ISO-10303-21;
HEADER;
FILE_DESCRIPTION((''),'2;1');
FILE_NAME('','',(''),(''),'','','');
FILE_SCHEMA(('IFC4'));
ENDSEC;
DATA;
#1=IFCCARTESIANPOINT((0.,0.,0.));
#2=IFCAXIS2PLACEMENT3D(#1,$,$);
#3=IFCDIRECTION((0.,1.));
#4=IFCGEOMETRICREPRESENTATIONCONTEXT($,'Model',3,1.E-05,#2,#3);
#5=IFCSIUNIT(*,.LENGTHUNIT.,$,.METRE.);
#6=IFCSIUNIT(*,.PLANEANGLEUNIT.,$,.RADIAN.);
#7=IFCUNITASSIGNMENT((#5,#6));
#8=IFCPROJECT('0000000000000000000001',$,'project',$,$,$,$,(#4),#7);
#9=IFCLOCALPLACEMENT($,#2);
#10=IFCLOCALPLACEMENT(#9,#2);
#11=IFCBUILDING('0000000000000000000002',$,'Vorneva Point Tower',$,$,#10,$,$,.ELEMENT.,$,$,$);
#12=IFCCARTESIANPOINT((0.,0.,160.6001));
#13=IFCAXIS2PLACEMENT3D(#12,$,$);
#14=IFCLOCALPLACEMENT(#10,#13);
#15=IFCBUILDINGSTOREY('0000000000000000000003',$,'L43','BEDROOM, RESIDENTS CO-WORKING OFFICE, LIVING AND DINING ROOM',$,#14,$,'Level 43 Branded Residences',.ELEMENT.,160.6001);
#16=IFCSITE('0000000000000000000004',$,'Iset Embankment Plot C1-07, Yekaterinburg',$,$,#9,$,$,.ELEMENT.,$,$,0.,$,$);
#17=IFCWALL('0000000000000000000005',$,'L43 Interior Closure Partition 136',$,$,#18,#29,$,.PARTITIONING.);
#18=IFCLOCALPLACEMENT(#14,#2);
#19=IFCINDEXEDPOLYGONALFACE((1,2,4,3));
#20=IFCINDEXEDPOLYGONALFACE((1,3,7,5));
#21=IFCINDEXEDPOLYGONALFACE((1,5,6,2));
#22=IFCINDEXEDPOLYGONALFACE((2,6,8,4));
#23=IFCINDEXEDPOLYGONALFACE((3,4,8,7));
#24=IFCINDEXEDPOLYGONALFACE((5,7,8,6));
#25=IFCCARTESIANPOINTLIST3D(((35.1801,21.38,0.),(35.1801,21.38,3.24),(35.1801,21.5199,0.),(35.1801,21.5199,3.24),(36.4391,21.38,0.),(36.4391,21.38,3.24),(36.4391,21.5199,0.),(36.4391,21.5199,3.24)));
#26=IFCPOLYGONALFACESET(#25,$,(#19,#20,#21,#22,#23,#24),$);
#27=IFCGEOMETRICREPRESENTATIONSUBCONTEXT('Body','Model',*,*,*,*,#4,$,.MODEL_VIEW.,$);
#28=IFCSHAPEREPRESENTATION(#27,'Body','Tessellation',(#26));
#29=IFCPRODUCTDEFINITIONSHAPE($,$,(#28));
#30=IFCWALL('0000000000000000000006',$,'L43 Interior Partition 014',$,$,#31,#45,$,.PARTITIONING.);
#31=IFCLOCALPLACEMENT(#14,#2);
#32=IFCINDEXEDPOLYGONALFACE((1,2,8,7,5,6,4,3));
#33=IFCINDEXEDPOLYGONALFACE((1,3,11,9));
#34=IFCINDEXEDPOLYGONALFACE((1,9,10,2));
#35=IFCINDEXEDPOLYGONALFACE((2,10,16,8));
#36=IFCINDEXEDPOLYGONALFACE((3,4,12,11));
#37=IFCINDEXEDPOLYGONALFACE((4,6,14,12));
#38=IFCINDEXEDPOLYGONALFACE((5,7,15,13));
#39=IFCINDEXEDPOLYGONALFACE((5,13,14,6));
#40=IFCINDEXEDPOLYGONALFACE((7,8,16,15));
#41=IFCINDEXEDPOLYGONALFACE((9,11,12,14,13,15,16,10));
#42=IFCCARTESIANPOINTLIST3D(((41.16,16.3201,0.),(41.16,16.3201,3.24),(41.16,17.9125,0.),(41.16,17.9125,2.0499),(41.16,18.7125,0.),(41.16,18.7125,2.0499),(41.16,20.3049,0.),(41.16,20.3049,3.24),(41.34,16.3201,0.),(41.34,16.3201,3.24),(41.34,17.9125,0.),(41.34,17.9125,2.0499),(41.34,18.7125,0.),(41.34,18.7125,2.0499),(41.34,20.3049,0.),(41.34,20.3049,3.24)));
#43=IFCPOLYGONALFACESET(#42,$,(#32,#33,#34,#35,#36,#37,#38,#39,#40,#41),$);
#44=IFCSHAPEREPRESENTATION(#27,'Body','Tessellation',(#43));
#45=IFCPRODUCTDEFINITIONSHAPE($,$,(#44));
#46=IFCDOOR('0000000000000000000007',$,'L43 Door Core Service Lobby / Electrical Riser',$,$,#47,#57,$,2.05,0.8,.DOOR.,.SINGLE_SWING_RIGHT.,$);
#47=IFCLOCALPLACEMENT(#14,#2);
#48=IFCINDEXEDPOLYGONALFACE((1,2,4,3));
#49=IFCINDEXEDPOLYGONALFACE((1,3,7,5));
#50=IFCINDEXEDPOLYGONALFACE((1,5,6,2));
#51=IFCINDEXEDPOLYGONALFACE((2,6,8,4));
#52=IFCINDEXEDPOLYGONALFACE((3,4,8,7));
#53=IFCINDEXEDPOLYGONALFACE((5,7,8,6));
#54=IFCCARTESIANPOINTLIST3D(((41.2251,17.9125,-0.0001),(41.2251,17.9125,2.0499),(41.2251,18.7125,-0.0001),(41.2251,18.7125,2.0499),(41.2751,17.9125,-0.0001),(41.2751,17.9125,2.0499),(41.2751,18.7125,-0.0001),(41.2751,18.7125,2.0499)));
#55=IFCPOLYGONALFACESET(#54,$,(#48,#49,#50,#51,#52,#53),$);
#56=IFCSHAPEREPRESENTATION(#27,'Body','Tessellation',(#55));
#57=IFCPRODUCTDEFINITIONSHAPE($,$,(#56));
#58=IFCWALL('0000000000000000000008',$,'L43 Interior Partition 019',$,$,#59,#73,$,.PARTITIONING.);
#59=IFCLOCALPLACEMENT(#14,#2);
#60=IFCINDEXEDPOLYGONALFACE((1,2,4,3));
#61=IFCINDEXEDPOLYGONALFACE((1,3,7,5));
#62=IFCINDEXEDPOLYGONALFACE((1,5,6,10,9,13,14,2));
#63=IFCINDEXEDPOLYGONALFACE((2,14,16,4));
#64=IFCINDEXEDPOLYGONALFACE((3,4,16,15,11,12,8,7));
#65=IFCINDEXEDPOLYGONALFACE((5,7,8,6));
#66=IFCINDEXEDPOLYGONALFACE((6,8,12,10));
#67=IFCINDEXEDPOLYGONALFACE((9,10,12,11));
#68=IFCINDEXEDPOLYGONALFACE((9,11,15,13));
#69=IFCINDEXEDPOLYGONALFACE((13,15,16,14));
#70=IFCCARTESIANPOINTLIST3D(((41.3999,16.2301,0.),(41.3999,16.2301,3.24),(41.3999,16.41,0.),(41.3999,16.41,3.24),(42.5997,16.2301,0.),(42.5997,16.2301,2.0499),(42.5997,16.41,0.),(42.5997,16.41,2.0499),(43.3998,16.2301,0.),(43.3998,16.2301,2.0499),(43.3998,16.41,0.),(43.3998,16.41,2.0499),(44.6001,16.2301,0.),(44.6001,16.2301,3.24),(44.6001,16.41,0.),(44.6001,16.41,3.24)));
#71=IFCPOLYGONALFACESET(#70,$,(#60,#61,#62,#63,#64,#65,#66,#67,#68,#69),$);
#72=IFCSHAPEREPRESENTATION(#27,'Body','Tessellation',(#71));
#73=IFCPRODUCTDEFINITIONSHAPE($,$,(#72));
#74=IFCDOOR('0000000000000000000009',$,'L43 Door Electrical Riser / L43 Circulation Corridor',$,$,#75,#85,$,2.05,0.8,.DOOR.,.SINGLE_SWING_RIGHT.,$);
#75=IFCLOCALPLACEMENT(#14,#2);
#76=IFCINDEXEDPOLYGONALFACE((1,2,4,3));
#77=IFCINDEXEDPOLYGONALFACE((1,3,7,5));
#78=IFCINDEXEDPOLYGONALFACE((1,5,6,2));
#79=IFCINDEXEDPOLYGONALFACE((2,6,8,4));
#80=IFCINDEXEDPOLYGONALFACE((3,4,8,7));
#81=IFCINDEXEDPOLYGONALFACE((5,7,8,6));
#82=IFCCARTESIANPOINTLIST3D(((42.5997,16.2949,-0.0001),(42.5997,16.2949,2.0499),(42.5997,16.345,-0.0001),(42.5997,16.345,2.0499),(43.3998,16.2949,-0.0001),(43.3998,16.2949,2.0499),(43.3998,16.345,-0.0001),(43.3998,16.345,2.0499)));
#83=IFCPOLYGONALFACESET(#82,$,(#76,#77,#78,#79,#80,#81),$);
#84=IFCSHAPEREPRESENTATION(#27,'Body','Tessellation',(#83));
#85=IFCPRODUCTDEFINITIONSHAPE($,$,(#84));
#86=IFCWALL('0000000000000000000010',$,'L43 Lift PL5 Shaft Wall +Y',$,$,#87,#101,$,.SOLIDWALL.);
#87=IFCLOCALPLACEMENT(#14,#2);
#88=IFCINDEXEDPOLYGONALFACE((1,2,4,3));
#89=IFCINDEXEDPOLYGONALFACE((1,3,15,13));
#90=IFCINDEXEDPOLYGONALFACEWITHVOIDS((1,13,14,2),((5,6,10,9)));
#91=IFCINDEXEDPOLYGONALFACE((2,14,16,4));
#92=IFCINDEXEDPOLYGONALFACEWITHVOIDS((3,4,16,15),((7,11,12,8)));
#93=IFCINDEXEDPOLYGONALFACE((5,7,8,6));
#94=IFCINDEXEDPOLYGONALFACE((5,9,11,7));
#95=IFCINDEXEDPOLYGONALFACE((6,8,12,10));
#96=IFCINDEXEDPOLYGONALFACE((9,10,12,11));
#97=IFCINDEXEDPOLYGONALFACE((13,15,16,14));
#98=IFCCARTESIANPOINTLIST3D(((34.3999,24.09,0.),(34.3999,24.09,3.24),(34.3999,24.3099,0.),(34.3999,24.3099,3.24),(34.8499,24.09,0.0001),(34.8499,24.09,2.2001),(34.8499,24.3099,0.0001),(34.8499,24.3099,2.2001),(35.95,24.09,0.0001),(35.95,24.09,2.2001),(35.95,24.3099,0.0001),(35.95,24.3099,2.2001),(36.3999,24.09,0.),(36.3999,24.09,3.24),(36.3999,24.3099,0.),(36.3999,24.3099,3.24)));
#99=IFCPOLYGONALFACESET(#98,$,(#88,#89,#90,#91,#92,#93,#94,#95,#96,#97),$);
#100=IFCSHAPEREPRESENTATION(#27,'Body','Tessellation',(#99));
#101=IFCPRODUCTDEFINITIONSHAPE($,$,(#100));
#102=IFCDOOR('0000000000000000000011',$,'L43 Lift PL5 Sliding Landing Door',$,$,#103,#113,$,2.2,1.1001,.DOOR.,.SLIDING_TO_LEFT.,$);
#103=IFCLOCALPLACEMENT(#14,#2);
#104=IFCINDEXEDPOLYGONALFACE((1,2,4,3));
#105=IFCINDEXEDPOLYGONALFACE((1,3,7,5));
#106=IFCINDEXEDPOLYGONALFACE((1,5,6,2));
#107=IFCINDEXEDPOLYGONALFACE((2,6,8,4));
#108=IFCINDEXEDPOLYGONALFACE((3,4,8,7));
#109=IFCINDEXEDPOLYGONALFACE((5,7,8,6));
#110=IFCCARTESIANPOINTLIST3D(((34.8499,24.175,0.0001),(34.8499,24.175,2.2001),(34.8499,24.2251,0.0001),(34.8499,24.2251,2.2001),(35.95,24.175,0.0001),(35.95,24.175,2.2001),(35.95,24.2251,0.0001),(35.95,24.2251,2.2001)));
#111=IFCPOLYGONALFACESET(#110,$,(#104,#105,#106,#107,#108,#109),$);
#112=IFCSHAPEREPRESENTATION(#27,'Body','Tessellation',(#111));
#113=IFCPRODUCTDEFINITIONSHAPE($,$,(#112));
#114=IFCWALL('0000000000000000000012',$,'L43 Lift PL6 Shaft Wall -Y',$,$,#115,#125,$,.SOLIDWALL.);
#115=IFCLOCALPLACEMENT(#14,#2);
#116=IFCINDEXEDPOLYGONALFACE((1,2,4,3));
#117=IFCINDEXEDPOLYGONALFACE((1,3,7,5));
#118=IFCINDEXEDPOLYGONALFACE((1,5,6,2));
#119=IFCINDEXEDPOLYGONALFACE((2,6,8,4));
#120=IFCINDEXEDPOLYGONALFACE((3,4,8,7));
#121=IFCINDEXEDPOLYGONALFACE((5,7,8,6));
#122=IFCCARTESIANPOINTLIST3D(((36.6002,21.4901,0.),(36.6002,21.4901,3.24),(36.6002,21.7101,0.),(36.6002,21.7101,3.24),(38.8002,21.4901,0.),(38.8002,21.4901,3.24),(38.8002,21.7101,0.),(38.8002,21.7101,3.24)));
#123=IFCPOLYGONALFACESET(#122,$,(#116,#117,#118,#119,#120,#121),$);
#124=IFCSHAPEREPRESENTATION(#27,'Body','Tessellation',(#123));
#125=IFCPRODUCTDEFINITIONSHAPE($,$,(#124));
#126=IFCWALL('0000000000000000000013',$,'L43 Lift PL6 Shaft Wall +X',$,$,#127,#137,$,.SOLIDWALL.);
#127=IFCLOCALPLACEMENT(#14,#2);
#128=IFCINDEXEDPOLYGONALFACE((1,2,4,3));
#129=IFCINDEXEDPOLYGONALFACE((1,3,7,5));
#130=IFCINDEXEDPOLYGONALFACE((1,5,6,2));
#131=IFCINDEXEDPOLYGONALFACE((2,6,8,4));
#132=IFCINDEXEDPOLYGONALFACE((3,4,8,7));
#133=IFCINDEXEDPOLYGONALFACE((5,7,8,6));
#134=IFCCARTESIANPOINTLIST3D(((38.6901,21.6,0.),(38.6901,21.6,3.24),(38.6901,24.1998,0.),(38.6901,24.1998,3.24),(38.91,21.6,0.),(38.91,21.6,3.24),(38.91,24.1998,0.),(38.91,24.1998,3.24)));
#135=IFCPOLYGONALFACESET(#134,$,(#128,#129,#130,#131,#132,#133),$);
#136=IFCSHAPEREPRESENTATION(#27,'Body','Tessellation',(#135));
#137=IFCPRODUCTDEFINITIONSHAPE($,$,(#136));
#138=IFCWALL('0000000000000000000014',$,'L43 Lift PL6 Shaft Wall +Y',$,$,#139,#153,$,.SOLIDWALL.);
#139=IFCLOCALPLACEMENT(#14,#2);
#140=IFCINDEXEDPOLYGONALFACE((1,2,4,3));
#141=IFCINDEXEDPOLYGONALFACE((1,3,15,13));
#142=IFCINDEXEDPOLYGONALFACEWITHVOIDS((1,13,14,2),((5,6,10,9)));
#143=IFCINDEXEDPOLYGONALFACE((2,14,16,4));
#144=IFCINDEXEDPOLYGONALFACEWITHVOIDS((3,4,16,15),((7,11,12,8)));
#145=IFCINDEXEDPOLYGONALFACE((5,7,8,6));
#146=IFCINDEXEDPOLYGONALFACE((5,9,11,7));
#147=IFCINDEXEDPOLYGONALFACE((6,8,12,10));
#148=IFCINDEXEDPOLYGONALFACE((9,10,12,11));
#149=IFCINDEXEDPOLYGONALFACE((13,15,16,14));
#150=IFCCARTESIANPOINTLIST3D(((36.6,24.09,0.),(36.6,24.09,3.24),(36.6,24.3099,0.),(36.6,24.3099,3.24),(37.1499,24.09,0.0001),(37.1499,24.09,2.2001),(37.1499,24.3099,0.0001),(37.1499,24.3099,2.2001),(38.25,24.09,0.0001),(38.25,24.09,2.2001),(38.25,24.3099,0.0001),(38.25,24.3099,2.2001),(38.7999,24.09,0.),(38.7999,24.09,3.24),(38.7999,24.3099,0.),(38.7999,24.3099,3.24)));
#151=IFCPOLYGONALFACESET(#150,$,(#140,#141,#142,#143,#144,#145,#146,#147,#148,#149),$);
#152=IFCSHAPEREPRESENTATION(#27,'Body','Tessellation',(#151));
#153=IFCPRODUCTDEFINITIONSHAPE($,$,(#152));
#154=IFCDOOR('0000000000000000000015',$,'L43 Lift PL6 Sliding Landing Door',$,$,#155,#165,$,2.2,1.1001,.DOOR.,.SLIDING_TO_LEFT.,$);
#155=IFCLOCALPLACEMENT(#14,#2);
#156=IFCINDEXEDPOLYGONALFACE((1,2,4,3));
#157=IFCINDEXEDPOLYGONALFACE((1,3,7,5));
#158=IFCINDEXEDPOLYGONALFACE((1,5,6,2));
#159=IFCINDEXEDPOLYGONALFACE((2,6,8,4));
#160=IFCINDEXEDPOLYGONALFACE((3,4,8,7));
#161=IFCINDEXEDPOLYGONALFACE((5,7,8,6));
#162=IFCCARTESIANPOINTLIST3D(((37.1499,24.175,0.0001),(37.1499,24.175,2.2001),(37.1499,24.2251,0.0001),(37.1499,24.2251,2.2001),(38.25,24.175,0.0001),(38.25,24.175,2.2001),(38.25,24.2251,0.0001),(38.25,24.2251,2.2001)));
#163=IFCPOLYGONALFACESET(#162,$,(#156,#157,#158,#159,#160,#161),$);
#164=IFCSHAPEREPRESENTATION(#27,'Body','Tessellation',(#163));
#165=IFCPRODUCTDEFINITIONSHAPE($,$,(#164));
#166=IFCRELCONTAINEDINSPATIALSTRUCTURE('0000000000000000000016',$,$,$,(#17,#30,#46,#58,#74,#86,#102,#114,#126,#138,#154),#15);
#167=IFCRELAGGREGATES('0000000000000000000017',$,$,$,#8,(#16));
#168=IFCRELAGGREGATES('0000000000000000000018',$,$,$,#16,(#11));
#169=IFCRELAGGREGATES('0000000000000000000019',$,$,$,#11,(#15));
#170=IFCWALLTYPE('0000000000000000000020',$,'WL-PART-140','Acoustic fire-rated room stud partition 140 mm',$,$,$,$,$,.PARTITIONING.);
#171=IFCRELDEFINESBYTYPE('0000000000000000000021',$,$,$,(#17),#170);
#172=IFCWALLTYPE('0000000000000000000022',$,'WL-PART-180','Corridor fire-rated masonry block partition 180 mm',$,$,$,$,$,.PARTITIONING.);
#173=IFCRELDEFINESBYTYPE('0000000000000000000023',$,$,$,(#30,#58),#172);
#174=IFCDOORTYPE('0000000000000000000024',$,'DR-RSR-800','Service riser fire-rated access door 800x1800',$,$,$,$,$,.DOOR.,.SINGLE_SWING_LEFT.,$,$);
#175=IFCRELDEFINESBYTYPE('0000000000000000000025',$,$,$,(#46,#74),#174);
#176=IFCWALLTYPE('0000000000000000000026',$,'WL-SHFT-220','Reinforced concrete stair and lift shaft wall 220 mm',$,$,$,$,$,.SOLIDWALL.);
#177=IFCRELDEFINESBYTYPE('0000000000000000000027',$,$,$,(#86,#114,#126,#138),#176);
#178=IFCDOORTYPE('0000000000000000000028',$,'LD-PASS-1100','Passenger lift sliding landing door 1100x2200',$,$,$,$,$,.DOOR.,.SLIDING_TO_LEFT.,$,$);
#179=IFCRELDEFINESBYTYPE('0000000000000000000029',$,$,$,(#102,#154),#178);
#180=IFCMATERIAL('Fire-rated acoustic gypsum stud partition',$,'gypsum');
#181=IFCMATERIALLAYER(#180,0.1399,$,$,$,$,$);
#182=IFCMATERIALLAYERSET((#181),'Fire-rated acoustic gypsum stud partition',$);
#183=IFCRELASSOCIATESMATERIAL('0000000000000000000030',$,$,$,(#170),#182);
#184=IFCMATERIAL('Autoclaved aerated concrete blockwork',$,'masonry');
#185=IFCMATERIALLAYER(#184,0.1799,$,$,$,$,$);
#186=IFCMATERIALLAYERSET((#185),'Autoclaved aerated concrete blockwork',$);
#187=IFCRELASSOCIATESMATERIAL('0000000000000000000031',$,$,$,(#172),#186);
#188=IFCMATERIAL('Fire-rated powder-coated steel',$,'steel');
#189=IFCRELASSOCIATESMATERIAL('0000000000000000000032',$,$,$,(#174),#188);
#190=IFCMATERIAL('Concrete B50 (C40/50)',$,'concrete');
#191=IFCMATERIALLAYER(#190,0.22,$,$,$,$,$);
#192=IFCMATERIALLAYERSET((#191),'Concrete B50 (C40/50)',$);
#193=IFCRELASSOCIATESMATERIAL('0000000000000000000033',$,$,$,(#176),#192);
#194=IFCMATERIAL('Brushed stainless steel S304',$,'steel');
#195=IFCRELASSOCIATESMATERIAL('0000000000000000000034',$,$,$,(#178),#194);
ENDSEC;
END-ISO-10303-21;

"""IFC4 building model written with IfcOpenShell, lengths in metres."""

from ifc_helpers import new_model, si_unit, direction, frame, frame_2d, origin, place, context, subcontext, project, spatial, rectangle, extrude, material, layer, layer_set, type_object, element, fill, save


model = new_model("IFC4")

# Units and contexts
model_context = context("Model", 3, precision=1e-05, world=origin(), true_north=direction((0.0, 1.0)))
body_context = subcontext(model_context, "Body", "Model", "MODEL_VIEW")
ifc_project = project(units=[si_unit("LENGTHUNIT", "METRE"), si_unit("PLANEANGLEUNIT", "RADIAN")], contexts=[model_context])

# Site, building, storey
site_placement = place(None, origin())
site = spatial("IfcSite", under=ifc_project, at=site_placement, Name="Iset Embankment Plot C1-07, Yekaterinburg", CompositionType="ELEMENT", RefElevation=0.0)
building_placement = place(site_placement, origin())
building = spatial("IfcBuilding", under=site, at=building_placement, Name="Vorneva Point Tower", CompositionType="ELEMENT")
storey_placement = place(building_placement, frame((0.0, 0.0, 160.6001)))
storey = spatial("IfcBuildingStorey", under=building, at=storey_placement, Name="L43", Description="BEDROOM, RESIDENTS CO-WORKING OFFICE, LIVING AND DINING ROOM", LongName="Level 43 Branded Residences", CompositionType="ELEMENT", Elevation=160.6001)

# Wall
ifc_material_1 = material(Name="Fire-rated acoustic gypsum stud partition", Category="gypsum")
ifc_layer_1 = layer(ifc_material_1, 0.1399)
ifc_layer_set_1 = layer_set([ifc_layer_1], Name="Fire-rated acoustic gypsum stud partition")
wall_type_1 = type_object("IfcWallType", Name="WL-PART-140", Description="Acoustic fire-rated room stud partition 140 mm", PredefinedType="PARTITIONING", material=ifc_layer_set_1)
wall_1_placement = place(storey_placement, frame((36.439, 21.45, 0.0), z_axis=(0.0, 0.0, 1.0), x_axis=(-1.0, 0.0, 0.0)))
element("IfcWall", 1, at=wall_1_placement, inside=storey, type_object=wall_type_1, Name="L43 Interior Closure Partition 136", PredefinedType="PARTITIONING", context=body_context, shape_type="SweptSolid", body=[
    extrude(rectangle(XDim=1.259, YDim=0.1399, at=frame_2d((0.6294, 0.0))), origin(), (0.0, 0.0, 1.0), 3.24),
])

# Walls, openings, doors
ifc_material_2 = material(Name="Autoclaved aerated concrete blockwork", Category="masonry")
ifc_layer_2 = layer(ifc_material_2, 0.1799)
ifc_layer_set_2 = layer_set([ifc_layer_2], Name="Autoclaved aerated concrete blockwork")
wall_type_2 = type_object("IfcWallType", Name="WL-PART-180", Description="Corridor fire-rated masonry block partition 180 mm", PredefinedType="PARTITIONING", material=ifc_layer_set_2)
ifc_material_3 = material(Name="Fire-rated powder-coated steel", Category="steel")
wall_2_placement = place(storey_placement, frame((41.25, 16.3201, 0.0), z_axis=(0.0, 0.0, 1.0), x_axis=(0.0, 1.0, 0.0)))
wall_2 = element("IfcWall", 2, at=wall_2_placement, inside=storey, type_object=wall_type_2, Name="L43 Interior Partition 014", PredefinedType="PARTITIONING", context=body_context, shape_type="SweptSolid", body=[
    extrude(rectangle(XDim=3.9849, YDim=0.1799, at=frame_2d((1.9924, 0.0))), origin(), (0.0, 0.0, 1.0), 3.24),
])
opening_1_placement = place(wall_2_placement, frame((1.5925, 0.0, 0.0)))
opening_1 = element("IfcOpeningElement", 3, at=opening_1_placement, cuts=wall_2, PredefinedType="OPENING", context=body_context, shape_type="SweptSolid", body=[
    extrude(rectangle(XDim=0.8, YDim=2.05, at=frame_2d((0.3999, 1.0249))), frame((0.0, 0.105, 0.0), z_axis=(0.0, -1.0, 0.0), x_axis=(1.0, 0.0, 0.0)), (0.0, 0.0, 1.0), 0.2097),
])
door_type_1 = type_object("IfcDoorType", Name="DR-RSR-800", Description="Service riser fire-rated access door 800x1800", OperationType="SINGLE_SWING_LEFT", PredefinedType="DOOR", material=ifc_material_3)
door_1_placement = place(opening_1_placement, origin())
door_1 = element("IfcDoor", 4, at=door_1_placement, inside=storey, type_object=door_type_1, Name="L43 Door Core Service Lobby / Electrical Riser", OperationType="SINGLE_SWING_RIGHT", OverallHeight=2.05, OverallWidth=0.8, PredefinedType="DOOR", context=body_context, shape_type="SweptSolid", body=[
    extrude(rectangle(XDim=0.8, YDim=2.05, at=frame_2d((0.3999, 1.0249))), frame((0.0, 0.0249, 0.0), z_axis=(0.0, -1.0, 0.0), x_axis=(1.0, 0.0, 0.0)), (0.0, 0.0, 1.0), 0.05),
])
fill(opening_1, door_1)
wall_3_placement = place(storey_placement, frame((41.3999, 16.3201, 0.0), z_axis=(0.0, 0.0, 1.0), x_axis=(1.0, 0.0, 0.0)))
wall_3 = element("IfcWall", 5, at=wall_3_placement, inside=storey, type_object=wall_type_2, Name="L43 Interior Partition 019", PredefinedType="PARTITIONING", context=body_context, shape_type="SweptSolid", body=[
    extrude(rectangle(XDim=3.2002, YDim=0.1799, at=frame_2d((1.6001, 0.0))), origin(), (0.0, 0.0, 1.0), 3.24),
])
opening_2_placement = place(wall_3_placement, frame((1.2, 0.0, 0.0)))
opening_2 = element("IfcOpeningElement", 6, at=opening_2_placement, cuts=wall_3, PredefinedType="OPENING", context=body_context, shape_type="SweptSolid", body=[
    extrude(rectangle(XDim=0.8, YDim=2.05, at=frame_2d((0.3999, 1.0249))), frame((0.0, 0.105, 0.0), z_axis=(0.0, -1.0, 0.0), x_axis=(1.0, 0.0, 0.0)), (0.0, 0.0, 1.0), 0.2097),
])
door_2_placement = place(opening_2_placement, origin())
door_2 = element("IfcDoor", 7, at=door_2_placement, inside=storey, type_object=door_type_1, Name="L43 Door Electrical Riser / L43 Circulation Corridor", OperationType="SINGLE_SWING_RIGHT", OverallHeight=2.05, OverallWidth=0.8, PredefinedType="DOOR", context=body_context, shape_type="SweptSolid", body=[
    extrude(rectangle(XDim=0.8, YDim=2.05, at=frame_2d((0.3999, 1.0249))), frame((0.0, 0.0249, 0.0), z_axis=(0.0, -1.0, 0.0), x_axis=(1.0, 0.0, 0.0)), (0.0, 0.0, 1.0), 0.05),
])
fill(opening_2, door_2)
ifc_material_4 = material(Name="Concrete B50 (C40/50)", Category="concrete")
ifc_layer_3 = layer(ifc_material_4, 0.22)
ifc_layer_set_3 = layer_set([ifc_layer_3], Name="Concrete B50 (C40/50)")
wall_type_3 = type_object("IfcWallType", Name="WL-SHFT-220", Description="Reinforced concrete stair and lift shaft wall 220 mm", PredefinedType="SOLIDWALL", material=ifc_layer_set_3)
wall_4_placement = place(storey_placement, frame((36.3999, 24.2, 0.0), z_axis=(0.0, 0.0, 1.0), x_axis=(-1.0, 0.0, 0.0)))
wall_4 = element("IfcWall", 8, at=wall_4_placement, inside=storey, type_object=wall_type_3, Name="L43 Lift PL5 Shaft Wall +Y", PredefinedType="SOLIDWALL", context=body_context, shape_type="SweptSolid", body=[
    extrude(rectangle(XDim=2.0, YDim=0.22, at=frame_2d((1.0, 0.0))), origin(), (0.0, 0.0, 1.0), 3.24),
])
opening_3_placement = place(wall_4_placement, frame((0.45, 0.0, 0.0)))
opening_3 = element("IfcOpeningElement", 9, at=opening_3_placement, cuts=wall_4, PredefinedType="OPENING", context=body_context, shape_type="SweptSolid", body=[
    extrude(rectangle(XDim=1.1001, YDim=2.2, at=frame_2d((0.55, 1.1001))), frame((0.0, 0.125, 0.0), z_axis=(0.0, -1.0, 0.0), x_axis=(1.0, 0.0, 0.0)), (0.0, 0.0, 1.0), 0.2498),
])
ifc_material_5 = material(Name="Brushed stainless steel S304", Category="steel")
door_type_2 = type_object("IfcDoorType", Name="LD-PASS-1100", Description="Passenger lift sliding landing door 1100x2200", OperationType="SLIDING_TO_LEFT", PredefinedType="DOOR", material=ifc_material_5)
door_3_placement = place(opening_3_placement, origin())
door_3 = element("IfcDoor", 10, at=door_3_placement, inside=storey, type_object=door_type_2, Name="L43 Lift PL5 Sliding Landing Door", OperationType="SLIDING_TO_LEFT", OverallHeight=2.2, OverallWidth=1.1001, PredefinedType="DOOR", context=body_context, shape_type="SweptSolid", body=[
    extrude(rectangle(XDim=1.1001, YDim=2.2, at=frame_2d((0.55, 1.1001))), frame((0.0, 0.0249, 0.0), z_axis=(0.0, -1.0, 0.0), x_axis=(1.0, 0.0, 0.0)), (0.0, 0.0, 1.0), 0.05),
])
fill(opening_3, door_3)

# Walls
wall_5_placement = place(storey_placement, frame((36.6001, 21.6001, 0.0), z_axis=(0.0, 0.0, 1.0), x_axis=(1.0, 0.0, 0.0)))
element("IfcWall", 11, at=wall_5_placement, inside=storey, type_object=wall_type_3, Name="L43 Lift PL6 Shaft Wall -Y", PredefinedType="SOLIDWALL", context=body_context, shape_type="SweptSolid", body=[
    extrude(rectangle(XDim=2.2, YDim=0.22, at=frame_2d((1.1001, 0.0))), origin(), (0.0, 0.0, 1.0), 3.24),
])
wall_6_placement = place(storey_placement, frame((38.8, 21.6001, 0.0), z_axis=(0.0, 0.0, 1.0), x_axis=(0.0, 1.0, 0.0)))
element("IfcWall", 12, at=wall_6_placement, inside=storey, type_object=wall_type_3, Name="L43 Lift PL6 Shaft Wall +X", PredefinedType="SOLIDWALL", context=body_context, shape_type="SweptSolid", body=[
    extrude(rectangle(XDim=2.5999, YDim=0.22, at=frame_2d((1.2998, 0.0))), origin(), (0.0, 0.0, 1.0), 3.24),
])

# Wall, opening, door
wall_7_placement = place(storey_placement, frame((38.8, 24.2, 0.0), z_axis=(0.0, 0.0, 1.0), x_axis=(-1.0, 0.0, 0.0)))
wall_7 = element("IfcWall", 13, at=wall_7_placement, inside=storey, type_object=wall_type_3, Name="L43 Lift PL6 Shaft Wall +Y", PredefinedType="SOLIDWALL", context=body_context, shape_type="SweptSolid", body=[
    extrude(rectangle(XDim=2.2, YDim=0.22, at=frame_2d((1.1001, 0.0))), origin(), (0.0, 0.0, 1.0), 3.24),
])
opening_4_placement = place(wall_7_placement, frame((0.55, 0.0, 0.0)))
opening_4 = element("IfcOpeningElement", 14, at=opening_4_placement, cuts=wall_7, PredefinedType="OPENING", context=body_context, shape_type="SweptSolid", body=[
    extrude(rectangle(XDim=1.1001, YDim=2.2, at=frame_2d((0.55, 1.1001))), frame((0.0, 0.125, 0.0), z_axis=(0.0, -1.0, 0.0), x_axis=(1.0, 0.0, 0.0)), (0.0, 0.0, 1.0), 0.2498),
])
door_4_placement = place(opening_4_placement, origin())
door_4 = element("IfcDoor", 15, at=door_4_placement, inside=storey, type_object=door_type_2, Name="L43 Lift PL6 Sliding Landing Door", OperationType="SLIDING_TO_LEFT", OverallHeight=2.2, OverallWidth=1.1001, PredefinedType="DOOR", context=body_context, shape_type="SweptSolid", body=[
    extrude(rectangle(XDim=1.1001, YDim=2.2, at=frame_2d((0.55, 1.1001))), frame((0.0, 0.0249, 0.0), z_axis=(0.0, -1.0, 0.0), x_axis=(1.0, 0.0, 0.0)), (0.0, 0.0, 1.0), 0.05),
])
fill(opening_4, door_4)

save(model, "model.ifc")
